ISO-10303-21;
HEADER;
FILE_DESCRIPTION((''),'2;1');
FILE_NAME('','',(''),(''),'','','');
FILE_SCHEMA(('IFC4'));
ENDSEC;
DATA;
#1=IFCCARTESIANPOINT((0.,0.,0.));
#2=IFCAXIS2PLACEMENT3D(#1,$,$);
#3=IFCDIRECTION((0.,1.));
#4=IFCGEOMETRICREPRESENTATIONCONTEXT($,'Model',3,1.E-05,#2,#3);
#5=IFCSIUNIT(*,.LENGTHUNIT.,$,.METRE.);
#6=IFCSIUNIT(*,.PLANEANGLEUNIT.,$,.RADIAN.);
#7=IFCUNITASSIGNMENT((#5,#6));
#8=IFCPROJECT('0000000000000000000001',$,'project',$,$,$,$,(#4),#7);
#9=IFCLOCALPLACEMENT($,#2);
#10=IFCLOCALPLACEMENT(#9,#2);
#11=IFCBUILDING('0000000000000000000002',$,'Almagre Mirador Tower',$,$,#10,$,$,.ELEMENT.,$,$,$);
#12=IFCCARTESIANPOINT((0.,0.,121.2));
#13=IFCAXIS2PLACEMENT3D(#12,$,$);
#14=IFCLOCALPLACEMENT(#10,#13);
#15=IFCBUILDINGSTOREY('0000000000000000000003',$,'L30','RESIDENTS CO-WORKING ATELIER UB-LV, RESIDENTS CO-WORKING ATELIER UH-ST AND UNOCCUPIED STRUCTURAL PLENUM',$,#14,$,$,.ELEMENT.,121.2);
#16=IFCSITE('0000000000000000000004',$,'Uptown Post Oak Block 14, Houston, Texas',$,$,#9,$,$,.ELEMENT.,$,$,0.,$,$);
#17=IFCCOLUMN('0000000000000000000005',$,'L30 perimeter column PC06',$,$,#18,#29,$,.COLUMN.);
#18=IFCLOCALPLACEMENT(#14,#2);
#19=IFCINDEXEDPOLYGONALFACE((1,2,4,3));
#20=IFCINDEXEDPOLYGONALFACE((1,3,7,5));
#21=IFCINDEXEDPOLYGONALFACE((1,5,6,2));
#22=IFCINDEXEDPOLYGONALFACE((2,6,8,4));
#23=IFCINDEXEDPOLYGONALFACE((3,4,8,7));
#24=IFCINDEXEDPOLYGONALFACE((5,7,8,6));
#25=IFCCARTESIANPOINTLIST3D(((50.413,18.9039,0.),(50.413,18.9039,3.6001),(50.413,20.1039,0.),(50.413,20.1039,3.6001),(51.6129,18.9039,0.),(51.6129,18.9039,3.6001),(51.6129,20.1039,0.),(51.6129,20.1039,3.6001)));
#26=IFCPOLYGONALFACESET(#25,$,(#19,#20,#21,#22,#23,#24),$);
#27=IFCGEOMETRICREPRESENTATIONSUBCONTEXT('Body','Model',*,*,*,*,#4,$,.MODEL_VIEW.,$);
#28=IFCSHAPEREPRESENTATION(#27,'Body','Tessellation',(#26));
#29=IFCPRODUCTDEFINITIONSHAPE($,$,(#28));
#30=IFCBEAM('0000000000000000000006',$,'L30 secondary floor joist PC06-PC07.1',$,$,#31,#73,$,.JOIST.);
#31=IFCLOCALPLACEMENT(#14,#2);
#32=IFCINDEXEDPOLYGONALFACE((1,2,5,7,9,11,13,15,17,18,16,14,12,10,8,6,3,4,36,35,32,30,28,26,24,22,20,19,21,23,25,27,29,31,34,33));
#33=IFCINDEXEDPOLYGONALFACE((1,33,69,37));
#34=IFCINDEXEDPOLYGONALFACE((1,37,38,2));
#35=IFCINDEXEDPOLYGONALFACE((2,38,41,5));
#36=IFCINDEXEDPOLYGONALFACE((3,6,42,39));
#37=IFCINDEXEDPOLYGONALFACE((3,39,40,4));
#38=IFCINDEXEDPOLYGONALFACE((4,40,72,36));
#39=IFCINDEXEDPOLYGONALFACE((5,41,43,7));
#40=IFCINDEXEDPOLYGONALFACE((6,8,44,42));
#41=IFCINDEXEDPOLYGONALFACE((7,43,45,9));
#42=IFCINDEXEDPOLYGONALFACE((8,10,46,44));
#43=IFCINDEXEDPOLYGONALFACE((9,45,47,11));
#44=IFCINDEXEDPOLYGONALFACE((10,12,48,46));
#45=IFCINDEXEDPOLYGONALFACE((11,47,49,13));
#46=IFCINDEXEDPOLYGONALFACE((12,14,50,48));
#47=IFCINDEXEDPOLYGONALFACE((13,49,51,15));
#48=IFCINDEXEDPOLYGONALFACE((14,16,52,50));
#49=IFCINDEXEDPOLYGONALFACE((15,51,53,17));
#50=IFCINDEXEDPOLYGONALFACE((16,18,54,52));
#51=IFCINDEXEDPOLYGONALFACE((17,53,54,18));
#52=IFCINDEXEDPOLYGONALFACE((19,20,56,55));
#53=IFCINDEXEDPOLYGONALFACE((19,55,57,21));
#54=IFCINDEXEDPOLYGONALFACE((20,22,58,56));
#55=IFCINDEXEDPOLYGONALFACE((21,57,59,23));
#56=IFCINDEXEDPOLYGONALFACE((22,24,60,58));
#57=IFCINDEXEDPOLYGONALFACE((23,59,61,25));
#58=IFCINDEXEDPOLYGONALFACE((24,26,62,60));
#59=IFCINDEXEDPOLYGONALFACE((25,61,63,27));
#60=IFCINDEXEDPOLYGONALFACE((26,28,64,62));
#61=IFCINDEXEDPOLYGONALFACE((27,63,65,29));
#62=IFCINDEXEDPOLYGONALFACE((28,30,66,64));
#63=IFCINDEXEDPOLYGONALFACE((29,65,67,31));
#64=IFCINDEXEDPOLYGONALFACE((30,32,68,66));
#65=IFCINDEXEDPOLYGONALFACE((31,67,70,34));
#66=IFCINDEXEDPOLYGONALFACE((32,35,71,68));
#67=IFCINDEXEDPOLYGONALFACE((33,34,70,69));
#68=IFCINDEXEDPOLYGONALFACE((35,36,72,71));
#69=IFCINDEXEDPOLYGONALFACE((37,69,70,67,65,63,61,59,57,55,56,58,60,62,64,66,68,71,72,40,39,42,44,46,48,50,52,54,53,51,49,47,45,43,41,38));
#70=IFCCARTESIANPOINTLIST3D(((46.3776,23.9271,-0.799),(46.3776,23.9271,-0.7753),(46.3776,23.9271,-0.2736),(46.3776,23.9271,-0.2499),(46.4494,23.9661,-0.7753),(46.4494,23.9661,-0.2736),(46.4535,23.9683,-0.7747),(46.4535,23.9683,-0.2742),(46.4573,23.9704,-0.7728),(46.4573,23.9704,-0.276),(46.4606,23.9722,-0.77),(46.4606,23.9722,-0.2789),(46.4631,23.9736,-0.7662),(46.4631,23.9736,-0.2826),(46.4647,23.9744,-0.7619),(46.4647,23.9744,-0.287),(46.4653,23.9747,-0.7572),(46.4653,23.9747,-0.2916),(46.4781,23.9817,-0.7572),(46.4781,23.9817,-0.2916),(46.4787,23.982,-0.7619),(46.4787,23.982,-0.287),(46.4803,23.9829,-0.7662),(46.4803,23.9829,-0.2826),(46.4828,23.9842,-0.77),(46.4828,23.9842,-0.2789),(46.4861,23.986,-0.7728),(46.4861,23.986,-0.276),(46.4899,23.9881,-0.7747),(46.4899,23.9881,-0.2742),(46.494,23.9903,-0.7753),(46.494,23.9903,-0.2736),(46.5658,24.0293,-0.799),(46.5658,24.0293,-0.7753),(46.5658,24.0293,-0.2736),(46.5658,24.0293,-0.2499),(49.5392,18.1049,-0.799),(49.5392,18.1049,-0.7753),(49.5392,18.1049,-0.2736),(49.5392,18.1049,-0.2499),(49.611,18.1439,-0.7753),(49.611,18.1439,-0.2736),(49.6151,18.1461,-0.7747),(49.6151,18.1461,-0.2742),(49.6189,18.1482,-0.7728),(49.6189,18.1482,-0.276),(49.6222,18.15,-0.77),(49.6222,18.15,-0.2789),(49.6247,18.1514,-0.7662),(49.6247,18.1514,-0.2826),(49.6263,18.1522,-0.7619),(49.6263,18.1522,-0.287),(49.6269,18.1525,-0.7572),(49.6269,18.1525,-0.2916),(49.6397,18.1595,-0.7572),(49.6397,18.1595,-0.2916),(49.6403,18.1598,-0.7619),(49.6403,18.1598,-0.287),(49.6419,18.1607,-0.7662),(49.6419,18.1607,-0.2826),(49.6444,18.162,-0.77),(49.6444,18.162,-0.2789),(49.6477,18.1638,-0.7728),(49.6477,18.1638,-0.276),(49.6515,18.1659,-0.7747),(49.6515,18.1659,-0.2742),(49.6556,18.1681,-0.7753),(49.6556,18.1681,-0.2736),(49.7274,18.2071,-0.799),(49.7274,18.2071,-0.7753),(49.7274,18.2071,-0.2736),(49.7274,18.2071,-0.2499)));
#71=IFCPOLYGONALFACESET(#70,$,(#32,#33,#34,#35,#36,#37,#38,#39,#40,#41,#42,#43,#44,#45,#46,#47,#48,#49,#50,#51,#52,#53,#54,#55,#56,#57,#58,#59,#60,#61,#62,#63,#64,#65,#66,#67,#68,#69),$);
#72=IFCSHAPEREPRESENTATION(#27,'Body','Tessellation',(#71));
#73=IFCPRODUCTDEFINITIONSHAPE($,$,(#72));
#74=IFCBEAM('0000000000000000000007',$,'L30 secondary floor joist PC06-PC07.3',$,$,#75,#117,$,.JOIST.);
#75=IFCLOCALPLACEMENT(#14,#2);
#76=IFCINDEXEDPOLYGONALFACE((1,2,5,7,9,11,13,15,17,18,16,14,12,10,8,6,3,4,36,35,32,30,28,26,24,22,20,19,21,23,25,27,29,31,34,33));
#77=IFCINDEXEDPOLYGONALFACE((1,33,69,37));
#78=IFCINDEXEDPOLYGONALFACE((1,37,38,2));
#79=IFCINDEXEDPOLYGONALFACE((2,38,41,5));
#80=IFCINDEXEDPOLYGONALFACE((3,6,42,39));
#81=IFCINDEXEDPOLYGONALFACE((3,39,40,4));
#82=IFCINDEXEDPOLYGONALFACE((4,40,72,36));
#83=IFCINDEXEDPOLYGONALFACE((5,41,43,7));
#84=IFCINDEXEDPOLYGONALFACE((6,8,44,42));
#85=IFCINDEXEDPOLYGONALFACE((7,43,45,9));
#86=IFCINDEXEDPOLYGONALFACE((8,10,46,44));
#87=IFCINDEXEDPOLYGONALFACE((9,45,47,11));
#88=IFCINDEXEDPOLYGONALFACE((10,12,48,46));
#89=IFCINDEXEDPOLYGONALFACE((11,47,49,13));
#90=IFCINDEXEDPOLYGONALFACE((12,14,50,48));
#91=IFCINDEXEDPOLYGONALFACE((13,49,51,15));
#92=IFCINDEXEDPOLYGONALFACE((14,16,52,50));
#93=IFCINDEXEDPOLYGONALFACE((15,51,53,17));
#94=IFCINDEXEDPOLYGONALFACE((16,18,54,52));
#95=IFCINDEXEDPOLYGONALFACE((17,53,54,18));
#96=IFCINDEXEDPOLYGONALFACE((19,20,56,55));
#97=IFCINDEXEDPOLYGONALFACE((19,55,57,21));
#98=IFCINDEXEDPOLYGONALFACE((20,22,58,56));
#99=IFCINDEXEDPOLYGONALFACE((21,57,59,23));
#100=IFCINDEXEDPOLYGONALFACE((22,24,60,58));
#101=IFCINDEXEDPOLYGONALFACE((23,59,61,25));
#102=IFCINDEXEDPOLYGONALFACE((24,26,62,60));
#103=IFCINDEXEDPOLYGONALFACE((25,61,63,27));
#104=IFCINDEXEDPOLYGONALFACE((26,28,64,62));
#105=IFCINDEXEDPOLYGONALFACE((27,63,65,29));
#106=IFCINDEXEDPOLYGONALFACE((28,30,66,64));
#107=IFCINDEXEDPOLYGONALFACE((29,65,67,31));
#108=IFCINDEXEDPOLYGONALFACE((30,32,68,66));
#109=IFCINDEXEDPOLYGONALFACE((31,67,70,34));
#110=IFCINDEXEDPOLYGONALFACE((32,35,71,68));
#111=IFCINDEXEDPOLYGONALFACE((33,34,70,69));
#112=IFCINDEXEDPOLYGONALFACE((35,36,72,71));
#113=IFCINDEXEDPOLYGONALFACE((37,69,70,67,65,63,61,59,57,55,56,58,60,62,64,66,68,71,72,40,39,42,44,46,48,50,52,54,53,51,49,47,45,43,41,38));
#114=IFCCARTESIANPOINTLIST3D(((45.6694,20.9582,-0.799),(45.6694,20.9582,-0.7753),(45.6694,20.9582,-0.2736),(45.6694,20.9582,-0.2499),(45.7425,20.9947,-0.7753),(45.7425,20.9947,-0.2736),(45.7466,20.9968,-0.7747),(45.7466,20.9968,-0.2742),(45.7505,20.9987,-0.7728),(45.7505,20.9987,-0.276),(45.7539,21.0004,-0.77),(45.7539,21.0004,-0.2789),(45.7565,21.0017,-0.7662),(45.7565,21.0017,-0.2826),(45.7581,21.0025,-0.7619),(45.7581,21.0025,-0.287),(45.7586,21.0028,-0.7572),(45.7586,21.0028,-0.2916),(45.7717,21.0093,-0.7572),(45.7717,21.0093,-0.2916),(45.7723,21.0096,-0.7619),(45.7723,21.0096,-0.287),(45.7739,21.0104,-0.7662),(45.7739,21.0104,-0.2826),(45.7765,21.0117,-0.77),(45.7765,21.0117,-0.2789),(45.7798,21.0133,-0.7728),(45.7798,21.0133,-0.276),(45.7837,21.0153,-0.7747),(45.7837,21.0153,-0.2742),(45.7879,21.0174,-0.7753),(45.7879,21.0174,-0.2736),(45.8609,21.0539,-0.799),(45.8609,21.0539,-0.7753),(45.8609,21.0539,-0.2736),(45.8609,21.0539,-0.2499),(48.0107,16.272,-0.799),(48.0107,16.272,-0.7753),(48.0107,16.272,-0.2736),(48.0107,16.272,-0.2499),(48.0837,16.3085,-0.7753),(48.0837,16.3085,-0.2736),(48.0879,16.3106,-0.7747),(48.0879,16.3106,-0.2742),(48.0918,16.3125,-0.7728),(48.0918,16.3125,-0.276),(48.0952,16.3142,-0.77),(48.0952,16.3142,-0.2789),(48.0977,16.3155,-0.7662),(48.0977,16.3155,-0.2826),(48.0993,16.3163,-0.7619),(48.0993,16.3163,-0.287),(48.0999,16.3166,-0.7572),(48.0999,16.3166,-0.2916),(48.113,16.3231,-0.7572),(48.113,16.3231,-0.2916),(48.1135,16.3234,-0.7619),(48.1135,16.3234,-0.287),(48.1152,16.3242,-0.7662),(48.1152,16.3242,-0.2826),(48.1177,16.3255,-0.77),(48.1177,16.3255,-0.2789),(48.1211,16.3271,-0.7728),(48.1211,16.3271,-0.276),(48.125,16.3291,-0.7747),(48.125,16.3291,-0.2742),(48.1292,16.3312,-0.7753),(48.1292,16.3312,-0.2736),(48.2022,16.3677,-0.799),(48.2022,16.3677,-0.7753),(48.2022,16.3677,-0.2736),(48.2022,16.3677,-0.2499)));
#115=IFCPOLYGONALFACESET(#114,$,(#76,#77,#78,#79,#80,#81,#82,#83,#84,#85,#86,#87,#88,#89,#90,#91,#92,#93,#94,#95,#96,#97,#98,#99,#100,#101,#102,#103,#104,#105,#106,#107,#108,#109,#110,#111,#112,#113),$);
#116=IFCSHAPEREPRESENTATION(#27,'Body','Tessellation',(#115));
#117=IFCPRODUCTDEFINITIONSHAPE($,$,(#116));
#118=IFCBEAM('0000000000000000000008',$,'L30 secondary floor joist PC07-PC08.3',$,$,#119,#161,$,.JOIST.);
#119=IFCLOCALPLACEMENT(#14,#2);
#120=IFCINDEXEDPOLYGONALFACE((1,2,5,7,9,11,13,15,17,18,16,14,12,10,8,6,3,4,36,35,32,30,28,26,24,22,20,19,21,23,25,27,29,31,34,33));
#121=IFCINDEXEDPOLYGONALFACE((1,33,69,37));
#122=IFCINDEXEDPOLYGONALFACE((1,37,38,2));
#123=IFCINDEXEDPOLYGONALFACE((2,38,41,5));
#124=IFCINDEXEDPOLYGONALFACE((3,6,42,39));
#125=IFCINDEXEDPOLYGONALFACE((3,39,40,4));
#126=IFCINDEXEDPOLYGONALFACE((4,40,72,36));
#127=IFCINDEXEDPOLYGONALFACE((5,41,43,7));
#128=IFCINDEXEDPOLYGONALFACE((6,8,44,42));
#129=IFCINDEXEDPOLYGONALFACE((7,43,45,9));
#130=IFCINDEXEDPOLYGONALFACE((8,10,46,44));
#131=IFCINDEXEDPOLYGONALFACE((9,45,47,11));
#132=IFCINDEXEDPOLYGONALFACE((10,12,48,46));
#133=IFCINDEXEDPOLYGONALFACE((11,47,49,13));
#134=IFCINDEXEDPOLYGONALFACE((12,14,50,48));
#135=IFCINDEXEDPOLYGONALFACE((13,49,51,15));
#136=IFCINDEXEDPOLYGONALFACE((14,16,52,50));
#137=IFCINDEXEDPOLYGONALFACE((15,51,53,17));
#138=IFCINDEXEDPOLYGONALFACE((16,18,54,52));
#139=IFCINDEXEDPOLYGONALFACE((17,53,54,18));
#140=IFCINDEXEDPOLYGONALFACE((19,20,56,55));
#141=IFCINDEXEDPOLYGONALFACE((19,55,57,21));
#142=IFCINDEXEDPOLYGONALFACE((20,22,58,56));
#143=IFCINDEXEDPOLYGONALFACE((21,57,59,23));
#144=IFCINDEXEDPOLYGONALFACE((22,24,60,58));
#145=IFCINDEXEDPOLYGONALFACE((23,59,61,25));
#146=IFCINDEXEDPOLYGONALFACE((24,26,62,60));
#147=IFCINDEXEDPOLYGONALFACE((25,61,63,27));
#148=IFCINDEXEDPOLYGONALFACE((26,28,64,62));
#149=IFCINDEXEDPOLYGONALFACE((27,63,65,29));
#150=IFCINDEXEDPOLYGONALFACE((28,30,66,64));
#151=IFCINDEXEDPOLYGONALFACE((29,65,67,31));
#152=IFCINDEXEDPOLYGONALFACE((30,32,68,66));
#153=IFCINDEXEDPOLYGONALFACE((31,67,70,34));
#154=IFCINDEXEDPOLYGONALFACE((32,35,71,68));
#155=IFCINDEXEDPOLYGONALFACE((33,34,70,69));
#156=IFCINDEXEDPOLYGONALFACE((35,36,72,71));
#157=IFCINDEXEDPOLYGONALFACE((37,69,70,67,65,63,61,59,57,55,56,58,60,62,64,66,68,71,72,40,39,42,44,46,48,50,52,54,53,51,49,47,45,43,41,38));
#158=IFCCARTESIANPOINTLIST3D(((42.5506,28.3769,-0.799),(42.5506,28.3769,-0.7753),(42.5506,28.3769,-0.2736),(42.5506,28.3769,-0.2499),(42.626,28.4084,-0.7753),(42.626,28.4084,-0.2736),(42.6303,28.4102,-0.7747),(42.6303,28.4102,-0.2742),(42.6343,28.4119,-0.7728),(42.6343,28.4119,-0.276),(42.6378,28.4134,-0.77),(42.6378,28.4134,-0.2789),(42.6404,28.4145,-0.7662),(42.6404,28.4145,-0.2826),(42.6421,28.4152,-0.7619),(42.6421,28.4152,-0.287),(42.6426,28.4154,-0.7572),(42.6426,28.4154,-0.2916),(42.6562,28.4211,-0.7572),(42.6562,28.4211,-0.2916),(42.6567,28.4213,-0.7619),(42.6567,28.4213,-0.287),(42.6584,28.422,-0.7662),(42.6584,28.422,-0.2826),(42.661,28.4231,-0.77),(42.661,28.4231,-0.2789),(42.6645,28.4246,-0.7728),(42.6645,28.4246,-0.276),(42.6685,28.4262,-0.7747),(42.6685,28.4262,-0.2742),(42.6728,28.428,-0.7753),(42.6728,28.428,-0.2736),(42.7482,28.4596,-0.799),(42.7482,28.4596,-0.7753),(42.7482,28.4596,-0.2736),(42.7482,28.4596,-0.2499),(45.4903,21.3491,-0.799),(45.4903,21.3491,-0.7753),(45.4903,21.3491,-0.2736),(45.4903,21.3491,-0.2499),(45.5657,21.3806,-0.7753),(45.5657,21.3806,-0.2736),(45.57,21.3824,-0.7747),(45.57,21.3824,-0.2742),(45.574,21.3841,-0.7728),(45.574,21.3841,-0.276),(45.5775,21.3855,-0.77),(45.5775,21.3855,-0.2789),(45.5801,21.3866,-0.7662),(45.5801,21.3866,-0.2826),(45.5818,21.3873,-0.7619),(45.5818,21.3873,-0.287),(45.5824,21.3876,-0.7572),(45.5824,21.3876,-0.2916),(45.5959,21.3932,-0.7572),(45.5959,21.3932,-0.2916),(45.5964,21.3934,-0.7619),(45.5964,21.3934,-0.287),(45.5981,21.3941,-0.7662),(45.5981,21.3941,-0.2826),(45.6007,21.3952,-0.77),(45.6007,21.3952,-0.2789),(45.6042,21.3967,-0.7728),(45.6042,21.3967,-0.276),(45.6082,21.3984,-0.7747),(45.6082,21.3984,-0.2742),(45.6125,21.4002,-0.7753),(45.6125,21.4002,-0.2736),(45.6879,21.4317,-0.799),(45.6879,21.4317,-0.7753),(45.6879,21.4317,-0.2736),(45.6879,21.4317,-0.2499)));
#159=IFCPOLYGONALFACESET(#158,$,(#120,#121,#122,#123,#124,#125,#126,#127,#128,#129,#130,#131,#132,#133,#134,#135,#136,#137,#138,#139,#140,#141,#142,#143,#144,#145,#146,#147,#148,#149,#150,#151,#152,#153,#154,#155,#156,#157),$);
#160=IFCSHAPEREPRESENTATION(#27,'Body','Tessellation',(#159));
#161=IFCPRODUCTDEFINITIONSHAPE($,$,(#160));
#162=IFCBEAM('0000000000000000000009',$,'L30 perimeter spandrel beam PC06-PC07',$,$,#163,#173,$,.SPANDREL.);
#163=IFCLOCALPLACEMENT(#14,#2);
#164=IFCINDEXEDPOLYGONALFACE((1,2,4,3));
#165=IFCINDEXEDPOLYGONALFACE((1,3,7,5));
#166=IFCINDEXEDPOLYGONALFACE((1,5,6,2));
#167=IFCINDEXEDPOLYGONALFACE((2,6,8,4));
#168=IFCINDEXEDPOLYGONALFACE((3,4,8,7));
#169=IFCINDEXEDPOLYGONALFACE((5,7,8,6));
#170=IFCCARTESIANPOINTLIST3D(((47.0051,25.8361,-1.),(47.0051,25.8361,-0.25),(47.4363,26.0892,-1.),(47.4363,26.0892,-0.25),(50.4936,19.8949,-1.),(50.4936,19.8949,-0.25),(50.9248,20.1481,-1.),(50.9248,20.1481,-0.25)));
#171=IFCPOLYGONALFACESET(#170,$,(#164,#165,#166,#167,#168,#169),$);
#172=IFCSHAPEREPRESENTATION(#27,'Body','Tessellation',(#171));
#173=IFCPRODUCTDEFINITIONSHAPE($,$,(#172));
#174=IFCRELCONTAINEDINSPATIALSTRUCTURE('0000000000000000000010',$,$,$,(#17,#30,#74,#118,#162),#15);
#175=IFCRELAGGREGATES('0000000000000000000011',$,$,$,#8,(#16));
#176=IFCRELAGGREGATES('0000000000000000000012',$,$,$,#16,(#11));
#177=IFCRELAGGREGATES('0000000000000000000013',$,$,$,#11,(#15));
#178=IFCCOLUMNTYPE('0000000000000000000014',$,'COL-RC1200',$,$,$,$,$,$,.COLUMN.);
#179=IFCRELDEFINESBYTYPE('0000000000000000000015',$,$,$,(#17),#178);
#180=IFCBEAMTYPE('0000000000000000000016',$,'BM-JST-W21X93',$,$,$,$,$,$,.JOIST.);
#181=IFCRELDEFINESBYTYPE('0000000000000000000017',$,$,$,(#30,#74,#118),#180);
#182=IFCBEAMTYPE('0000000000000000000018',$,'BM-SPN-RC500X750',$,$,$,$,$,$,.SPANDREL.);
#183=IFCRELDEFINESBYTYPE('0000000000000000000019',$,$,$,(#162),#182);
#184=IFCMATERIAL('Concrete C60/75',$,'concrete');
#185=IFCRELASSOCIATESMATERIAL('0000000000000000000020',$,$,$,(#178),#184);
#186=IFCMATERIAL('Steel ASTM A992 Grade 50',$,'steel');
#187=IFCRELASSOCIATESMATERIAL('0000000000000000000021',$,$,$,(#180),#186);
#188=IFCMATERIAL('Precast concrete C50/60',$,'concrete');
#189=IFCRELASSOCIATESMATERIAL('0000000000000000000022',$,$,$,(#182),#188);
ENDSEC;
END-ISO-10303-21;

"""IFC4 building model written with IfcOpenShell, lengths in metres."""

from ifc_helpers import new_model, si_unit, direction, frame, origin, origin_2d, place, context, subcontext, project, spatial, rectangle, i_section, extrude, material, material_profile, profile_set, type_object, element, save


model = new_model("IFC4")

# Units and contexts
model_context = context("Model", 3, precision=1e-05, world=origin(), true_north=direction((0.0, 1.0)))
body_context = subcontext(model_context, "Body", "Model", "MODEL_VIEW")
ifc_project = project(units=[si_unit("LENGTHUNIT", "METRE"), si_unit("PLANEANGLEUNIT", "RADIAN")], contexts=[model_context])

# Site, building, storey
site_placement = place(None, origin())
site = spatial("IfcSite", under=ifc_project, at=site_placement, Name="Uptown Post Oak Block 14, Houston, Texas", CompositionType="ELEMENT", RefElevation=0.0)
building_placement = place(site_placement, origin())
building = spatial("IfcBuilding", under=site, at=building_placement, Name="Almagre Mirador Tower", CompositionType="ELEMENT")
storey_placement = place(building_placement, frame((0.0, 0.0, 121.2)))
storey = spatial("IfcBuildingStorey", under=building, at=storey_placement, Name="L30", Description="RESIDENTS CO-WORKING ATELIER UB-LV, RESIDENTS CO-WORKING ATELIER UH-ST AND UNOCCUPIED STRUCTURAL PLENUM", CompositionType="ELEMENT", Elevation=121.2)

# Column
ifc_material_1 = material(Name="Concrete C60/75", Category="concrete")
ifc_material_profile_1 = material_profile(ifc_material_1, rectangle(XDim=1.2, YDim=1.2, at=origin_2d()), Name="RC1200X1200")
ifc_profile_set_1 = profile_set([ifc_material_profile_1], Name="Concrete C60/75")
column_type = type_object("IfcColumnType", Name="COL-RC1200", PredefinedType="COLUMN", material=ifc_profile_set_1)
column_placement = place(storey_placement, frame((51.0129, 19.5039, 0.0), z_axis=(0.0, 0.0, 1.0), x_axis=(1.0, 0.0, 0.0)))
element("IfcColumn", 1, at=column_placement, inside=storey, type_object=column_type, Name="L30 perimeter column PC06", PredefinedType="COLUMN", context=body_context, shape_type="SweptSolid", body=[
    extrude(rectangle(XDim=1.2, YDim=1.2, at=origin_2d()), origin(), (0.0, 0.0, 1.0), 3.6001),
])

# Beams
ifc_material_2 = material(Name="Steel ASTM A992 Grade 50", Category="steel")
ifc_material_profile_2 = material_profile(ifc_material_2, i_section(OverallWidth=0.2141, OverallDepth=0.5491, WebThickness=0.0146, FlangeThickness=0.0237, FilletRadius=0.0181, at=origin_2d()), Name="W21X93")
ifc_profile_set_2 = profile_set([ifc_material_profile_2], Name="Steel ASTM A992 Grade 50")
beam_type_1 = type_object("IfcBeamType", Name="BM-JST-W21X93", PredefinedType="JOIST", material=ifc_profile_set_2)
beam_1_placement = place(storey_placement, frame((49.6333, 18.156, -0.5244), z_axis=(-0.477204, 0.878793, 0.0), x_axis=(-0.878793, -0.477204, 0.0)))
element("IfcBeam", 2, at=beam_1_placement, inside=storey, type_object=beam_type_1, Name="L30 secondary floor joist PC06-PC07.1", PredefinedType="JOIST", context=body_context, shape_type="SweptSolid", body=[
    extrude(i_section(OverallWidth=0.2141, OverallDepth=0.5491, WebThickness=0.0146, FlangeThickness=0.0237, FilletRadius=0.0181, at=origin_2d()), origin(), (0.0, 0.0, 1.0), 6.6252),
])
beam_2_placement = place(storey_placement, frame((48.1064, 16.3198, -0.5244), z_axis=(-0.446934, 0.894567, 0.0), x_axis=(-0.894567, -0.446934, 0.0)))
element("IfcBeam", 3, at=beam_2_placement, inside=storey, type_object=beam_type_1, Name="L30 secondary floor joist PC06-PC07.3", PredefinedType="JOIST", context=body_context, shape_type="SweptSolid", body=[
    extrude(i_section(OverallWidth=0.2141, OverallDepth=0.5491, WebThickness=0.0146, FlangeThickness=0.0237, FilletRadius=0.0181, at=origin_2d()), origin(), (0.0, 0.0, 1.0), 5.2385),
])
beam_3_placement = place(storey_placement, frame((45.5891, 21.3904, -0.5244), z_axis=(-0.385894, 0.922543, 0.0), x_axis=(-0.922543, -0.385894, 0.0)))
element("IfcBeam", 4, at=beam_3_placement, inside=storey, type_object=beam_type_1, Name="L30 secondary floor joist PC07-PC08.3", PredefinedType="JOIST", context=body_context, shape_type="SweptSolid", body=[
    extrude(i_section(OverallWidth=0.2141, OverallDepth=0.5491, WebThickness=0.0146, FlangeThickness=0.0237, FilletRadius=0.0181, at=origin_2d()), origin(), (0.0, 0.0, 1.0), 7.6179),
])
ifc_material_3 = material(Name="Precast concrete C50/60", Category="concrete")
ifc_material_profile_3 = material_profile(ifc_material_3, rectangle(XDim=0.5, YDim=0.75, at=origin_2d()), Name="RC500X750")
ifc_profile_set_3 = profile_set([ifc_material_profile_3], Name="Precast concrete C50/60")
beam_type_2 = type_object("IfcBeamType", Name="BM-SPN-RC500X750", PredefinedType="SPANDREL", material=ifc_profile_set_3)
beam_4_placement = place(storey_placement, frame((50.7092, 20.0215, -0.625), z_axis=(-0.506343, 0.862332, 0.0), x_axis=(-0.862332, -0.506343, 0.0)))
element("IfcBeam", 5, at=beam_4_placement, inside=storey, type_object=beam_type_2, Name="L30 perimeter spandrel beam PC06-PC07", PredefinedType="SPANDREL", context=body_context, shape_type="SweptSolid", body=[
    extrude(rectangle(XDim=0.5, YDim=0.75, at=origin_2d()), origin(), (0.0, 0.0, 1.0), 6.8896),
])

save(model, "model.ifc")
